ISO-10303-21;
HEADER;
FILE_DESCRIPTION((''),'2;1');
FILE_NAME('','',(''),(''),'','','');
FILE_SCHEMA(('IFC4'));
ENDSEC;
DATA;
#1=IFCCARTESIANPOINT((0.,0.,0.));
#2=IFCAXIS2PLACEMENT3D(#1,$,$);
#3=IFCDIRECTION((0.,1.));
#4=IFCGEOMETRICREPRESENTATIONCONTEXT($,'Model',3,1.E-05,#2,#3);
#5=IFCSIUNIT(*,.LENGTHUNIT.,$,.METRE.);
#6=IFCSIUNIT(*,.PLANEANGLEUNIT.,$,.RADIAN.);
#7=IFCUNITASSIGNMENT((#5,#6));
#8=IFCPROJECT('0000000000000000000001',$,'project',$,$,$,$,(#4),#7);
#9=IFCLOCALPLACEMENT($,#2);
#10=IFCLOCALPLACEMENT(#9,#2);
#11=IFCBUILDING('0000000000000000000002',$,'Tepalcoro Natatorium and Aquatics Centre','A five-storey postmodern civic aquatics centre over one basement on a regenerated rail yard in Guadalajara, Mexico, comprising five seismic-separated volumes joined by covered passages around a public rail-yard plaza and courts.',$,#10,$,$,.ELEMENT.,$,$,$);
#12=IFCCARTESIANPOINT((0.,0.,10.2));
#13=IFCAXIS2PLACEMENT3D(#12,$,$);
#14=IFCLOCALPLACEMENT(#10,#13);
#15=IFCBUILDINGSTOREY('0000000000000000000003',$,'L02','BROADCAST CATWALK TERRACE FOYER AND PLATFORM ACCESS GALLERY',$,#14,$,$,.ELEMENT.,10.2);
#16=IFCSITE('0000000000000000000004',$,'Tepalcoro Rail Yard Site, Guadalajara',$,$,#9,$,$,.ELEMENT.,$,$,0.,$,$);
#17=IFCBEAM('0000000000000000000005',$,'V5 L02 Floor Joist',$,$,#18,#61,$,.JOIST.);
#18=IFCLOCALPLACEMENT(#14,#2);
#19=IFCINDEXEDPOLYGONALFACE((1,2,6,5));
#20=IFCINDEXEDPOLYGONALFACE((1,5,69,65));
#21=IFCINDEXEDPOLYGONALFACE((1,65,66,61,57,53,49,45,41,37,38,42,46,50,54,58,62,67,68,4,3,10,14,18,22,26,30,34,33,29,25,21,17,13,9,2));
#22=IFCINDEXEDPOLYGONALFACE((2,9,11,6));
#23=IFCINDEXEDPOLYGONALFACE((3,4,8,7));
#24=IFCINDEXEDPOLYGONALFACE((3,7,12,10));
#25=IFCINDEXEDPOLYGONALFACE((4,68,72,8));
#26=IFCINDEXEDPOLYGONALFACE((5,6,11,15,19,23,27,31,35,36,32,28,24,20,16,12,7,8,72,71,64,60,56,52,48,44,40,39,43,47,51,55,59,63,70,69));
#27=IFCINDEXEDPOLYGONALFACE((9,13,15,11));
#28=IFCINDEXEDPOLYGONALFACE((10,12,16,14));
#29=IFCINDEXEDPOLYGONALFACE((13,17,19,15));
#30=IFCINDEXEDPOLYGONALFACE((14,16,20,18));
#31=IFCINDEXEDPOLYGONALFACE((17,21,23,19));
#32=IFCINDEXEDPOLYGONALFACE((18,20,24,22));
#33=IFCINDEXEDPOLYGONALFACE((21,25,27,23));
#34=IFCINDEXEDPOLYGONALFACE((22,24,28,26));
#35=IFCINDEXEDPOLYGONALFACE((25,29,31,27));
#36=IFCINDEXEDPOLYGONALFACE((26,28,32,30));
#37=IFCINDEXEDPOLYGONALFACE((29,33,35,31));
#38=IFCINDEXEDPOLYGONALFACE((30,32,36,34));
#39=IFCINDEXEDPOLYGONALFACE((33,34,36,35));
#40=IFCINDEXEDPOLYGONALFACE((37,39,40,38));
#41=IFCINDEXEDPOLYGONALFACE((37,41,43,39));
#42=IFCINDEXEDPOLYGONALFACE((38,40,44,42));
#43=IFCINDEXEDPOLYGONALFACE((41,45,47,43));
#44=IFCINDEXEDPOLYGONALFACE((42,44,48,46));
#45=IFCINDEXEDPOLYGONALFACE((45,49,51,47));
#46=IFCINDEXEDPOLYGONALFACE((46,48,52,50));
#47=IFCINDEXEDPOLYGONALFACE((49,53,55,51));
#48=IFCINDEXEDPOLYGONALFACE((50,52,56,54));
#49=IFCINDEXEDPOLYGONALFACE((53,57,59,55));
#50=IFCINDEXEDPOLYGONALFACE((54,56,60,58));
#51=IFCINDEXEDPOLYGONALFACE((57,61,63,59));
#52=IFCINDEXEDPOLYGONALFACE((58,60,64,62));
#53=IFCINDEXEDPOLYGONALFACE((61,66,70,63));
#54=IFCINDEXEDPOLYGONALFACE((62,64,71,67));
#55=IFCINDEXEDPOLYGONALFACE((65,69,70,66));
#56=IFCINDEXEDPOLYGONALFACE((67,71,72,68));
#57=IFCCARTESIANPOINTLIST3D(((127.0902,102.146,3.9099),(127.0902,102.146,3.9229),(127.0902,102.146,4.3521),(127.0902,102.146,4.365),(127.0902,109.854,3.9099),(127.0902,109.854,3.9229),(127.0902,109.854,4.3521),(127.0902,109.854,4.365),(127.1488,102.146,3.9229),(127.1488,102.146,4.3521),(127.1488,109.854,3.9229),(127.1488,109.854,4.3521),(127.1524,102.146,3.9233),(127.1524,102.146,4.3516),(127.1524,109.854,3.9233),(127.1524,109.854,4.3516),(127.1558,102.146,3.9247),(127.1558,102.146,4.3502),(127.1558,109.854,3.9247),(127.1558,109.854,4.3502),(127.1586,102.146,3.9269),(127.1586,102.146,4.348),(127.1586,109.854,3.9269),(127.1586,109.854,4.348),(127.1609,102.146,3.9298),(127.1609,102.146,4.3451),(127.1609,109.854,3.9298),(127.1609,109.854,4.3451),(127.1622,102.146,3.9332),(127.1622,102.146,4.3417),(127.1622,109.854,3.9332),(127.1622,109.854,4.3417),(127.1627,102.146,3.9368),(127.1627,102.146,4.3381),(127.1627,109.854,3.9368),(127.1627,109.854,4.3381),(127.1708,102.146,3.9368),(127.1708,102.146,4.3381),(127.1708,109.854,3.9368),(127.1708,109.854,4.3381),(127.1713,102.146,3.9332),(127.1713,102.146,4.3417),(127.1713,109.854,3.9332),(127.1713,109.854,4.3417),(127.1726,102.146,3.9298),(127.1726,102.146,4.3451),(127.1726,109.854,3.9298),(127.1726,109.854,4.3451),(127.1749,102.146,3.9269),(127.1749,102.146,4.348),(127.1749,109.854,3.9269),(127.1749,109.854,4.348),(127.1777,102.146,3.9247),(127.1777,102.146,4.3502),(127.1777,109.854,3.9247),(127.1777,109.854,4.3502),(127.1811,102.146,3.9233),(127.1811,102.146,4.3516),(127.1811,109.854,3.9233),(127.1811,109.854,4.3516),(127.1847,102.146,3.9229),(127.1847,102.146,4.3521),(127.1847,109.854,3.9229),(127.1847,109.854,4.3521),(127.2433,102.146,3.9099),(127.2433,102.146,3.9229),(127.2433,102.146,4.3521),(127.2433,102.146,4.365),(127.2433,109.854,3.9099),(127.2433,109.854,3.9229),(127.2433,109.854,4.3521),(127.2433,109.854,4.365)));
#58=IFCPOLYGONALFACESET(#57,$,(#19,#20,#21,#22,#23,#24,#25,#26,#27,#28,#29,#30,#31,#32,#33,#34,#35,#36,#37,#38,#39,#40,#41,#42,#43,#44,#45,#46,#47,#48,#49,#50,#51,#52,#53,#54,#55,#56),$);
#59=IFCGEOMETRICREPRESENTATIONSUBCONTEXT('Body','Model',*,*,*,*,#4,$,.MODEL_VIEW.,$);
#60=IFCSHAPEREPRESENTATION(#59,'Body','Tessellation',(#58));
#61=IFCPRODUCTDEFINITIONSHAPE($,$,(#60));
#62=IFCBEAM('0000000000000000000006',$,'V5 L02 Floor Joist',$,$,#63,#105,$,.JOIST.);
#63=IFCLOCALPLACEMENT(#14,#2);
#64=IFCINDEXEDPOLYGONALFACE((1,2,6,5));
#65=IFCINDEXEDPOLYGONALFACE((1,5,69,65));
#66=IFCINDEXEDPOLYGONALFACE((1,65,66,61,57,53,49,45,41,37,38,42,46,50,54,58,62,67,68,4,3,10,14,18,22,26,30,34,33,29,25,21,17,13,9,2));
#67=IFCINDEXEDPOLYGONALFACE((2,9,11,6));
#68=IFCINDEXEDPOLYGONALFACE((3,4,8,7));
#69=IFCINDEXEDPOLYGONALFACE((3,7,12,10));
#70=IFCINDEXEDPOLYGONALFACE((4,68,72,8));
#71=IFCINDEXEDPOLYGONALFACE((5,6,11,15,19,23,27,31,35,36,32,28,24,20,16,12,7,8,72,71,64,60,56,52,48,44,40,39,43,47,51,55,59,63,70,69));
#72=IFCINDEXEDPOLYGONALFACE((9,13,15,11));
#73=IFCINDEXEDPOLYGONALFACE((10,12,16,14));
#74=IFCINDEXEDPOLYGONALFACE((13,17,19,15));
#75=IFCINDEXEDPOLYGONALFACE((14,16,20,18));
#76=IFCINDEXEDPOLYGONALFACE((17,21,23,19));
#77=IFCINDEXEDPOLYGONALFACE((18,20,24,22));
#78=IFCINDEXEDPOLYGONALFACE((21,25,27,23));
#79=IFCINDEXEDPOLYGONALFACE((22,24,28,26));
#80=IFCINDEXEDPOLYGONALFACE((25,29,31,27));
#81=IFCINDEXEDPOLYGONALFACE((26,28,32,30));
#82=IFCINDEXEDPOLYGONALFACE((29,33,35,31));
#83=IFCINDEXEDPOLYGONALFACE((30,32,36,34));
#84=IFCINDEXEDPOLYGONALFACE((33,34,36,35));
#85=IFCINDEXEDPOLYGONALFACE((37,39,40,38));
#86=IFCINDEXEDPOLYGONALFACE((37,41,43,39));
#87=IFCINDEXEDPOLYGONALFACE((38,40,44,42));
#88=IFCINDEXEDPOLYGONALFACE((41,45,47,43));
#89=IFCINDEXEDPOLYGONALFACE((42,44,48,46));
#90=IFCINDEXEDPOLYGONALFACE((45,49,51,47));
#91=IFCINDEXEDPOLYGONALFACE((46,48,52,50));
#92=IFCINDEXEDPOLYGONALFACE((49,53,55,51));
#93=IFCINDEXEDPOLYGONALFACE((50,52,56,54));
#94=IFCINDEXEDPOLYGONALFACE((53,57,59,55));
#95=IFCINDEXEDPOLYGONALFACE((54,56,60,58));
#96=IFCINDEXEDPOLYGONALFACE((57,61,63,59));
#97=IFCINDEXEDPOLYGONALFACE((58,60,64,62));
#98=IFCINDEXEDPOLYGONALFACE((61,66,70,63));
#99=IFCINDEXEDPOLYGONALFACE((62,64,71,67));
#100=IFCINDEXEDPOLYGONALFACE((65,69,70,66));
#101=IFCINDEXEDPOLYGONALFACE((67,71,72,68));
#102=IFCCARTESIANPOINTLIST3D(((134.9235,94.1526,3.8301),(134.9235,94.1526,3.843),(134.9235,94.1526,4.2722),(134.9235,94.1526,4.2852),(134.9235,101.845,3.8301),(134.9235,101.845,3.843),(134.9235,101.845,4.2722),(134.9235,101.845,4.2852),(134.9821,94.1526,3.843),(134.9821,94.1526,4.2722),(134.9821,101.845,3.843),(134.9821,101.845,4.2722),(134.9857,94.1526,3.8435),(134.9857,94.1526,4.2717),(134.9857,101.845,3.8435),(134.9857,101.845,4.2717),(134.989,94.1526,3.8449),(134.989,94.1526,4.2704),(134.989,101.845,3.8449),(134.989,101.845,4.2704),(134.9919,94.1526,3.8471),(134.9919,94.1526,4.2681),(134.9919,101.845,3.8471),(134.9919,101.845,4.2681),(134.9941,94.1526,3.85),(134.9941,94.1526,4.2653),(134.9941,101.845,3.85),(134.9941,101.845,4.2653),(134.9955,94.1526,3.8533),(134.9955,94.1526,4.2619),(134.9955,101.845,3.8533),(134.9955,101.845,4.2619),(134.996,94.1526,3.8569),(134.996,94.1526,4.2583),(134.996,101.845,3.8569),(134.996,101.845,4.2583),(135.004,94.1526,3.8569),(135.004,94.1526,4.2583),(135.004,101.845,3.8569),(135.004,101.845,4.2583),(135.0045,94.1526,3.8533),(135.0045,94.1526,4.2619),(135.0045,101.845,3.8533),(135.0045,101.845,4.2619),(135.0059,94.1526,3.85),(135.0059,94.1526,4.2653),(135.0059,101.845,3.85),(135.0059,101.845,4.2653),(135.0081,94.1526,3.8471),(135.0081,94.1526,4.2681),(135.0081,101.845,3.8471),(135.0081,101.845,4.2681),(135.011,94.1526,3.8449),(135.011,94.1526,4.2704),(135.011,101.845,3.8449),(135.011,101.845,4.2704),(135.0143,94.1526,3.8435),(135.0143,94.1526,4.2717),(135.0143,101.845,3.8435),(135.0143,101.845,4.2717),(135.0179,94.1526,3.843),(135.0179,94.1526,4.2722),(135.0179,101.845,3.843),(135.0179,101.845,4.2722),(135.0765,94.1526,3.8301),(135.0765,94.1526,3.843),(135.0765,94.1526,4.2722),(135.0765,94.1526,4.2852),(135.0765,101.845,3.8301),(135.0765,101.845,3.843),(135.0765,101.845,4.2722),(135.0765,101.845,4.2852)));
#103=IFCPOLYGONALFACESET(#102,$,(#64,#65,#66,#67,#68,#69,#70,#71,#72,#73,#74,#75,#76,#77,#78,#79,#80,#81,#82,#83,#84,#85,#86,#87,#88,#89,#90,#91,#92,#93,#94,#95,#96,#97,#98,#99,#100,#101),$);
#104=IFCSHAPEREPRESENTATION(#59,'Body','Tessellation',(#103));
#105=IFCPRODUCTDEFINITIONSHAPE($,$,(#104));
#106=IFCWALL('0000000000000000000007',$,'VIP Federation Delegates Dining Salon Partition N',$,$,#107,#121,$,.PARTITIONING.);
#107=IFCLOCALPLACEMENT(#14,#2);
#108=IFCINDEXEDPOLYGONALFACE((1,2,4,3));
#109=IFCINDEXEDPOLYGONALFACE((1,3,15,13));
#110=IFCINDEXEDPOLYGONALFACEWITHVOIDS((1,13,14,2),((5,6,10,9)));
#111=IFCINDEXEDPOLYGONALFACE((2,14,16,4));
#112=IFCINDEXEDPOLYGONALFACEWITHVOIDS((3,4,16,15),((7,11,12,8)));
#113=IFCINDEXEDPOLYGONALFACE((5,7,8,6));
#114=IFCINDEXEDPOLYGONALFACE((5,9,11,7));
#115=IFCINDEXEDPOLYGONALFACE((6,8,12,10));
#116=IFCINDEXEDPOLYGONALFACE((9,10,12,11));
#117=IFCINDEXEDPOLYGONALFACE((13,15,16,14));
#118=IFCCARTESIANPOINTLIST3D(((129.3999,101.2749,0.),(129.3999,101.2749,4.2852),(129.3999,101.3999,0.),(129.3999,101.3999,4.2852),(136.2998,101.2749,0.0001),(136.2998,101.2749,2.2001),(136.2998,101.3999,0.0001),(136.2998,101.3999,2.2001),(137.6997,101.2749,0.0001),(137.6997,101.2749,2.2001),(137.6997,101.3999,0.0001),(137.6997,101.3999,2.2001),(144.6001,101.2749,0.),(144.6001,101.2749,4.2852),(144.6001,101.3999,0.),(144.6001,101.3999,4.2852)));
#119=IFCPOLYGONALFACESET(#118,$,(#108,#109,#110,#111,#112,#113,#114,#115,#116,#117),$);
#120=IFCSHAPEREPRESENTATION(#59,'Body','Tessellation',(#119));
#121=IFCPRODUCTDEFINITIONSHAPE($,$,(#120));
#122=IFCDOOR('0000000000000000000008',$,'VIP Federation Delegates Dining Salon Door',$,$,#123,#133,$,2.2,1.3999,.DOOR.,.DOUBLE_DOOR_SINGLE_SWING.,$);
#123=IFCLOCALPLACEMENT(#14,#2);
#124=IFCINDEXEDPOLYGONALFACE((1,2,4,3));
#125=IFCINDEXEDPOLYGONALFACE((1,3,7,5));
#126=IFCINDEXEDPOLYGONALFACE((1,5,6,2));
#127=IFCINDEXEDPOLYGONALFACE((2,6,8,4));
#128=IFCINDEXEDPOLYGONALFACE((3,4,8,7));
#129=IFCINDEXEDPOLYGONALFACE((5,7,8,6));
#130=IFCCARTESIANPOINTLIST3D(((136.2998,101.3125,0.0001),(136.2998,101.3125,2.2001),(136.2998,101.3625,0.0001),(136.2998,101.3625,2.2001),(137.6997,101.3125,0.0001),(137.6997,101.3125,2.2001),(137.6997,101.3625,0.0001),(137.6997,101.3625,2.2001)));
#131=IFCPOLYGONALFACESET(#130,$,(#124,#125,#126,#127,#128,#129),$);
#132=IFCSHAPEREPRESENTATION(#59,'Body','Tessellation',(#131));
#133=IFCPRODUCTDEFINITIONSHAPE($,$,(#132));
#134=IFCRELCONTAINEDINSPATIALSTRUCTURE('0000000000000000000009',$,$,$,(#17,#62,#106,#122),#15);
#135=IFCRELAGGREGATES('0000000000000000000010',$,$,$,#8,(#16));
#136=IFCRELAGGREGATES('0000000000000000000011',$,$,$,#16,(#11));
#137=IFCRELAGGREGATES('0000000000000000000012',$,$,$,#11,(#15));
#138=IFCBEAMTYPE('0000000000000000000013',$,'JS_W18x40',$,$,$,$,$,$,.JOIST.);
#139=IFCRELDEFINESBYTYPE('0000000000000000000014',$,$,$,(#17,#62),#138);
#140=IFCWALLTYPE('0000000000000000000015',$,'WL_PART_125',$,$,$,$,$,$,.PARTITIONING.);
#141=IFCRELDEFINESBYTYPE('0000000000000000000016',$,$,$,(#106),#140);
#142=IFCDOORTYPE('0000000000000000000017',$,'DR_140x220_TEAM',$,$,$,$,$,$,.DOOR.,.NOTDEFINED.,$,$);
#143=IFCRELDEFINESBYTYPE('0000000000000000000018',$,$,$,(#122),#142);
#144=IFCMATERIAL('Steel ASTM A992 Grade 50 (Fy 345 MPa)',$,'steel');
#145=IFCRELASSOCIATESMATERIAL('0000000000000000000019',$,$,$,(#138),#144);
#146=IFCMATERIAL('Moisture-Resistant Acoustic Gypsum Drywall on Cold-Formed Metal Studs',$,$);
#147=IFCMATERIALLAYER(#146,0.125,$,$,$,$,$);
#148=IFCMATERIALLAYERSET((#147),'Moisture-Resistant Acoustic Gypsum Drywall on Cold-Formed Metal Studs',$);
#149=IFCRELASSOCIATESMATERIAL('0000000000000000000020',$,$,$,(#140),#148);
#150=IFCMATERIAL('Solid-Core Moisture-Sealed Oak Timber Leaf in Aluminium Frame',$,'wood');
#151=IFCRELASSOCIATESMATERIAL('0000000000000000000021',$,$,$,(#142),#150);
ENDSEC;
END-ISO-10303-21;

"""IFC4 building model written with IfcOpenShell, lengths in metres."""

from ifc_helpers import new_model, si_unit, direction, frame, frame_2d, origin, origin_2d, place, context, subcontext, project, spatial, rectangle, i_section, extrude, material, layer, layer_set, material_profile, profile_set, type_object, element, fill, save


model = new_model("IFC4")

# Units and contexts
model_context = context("Model", 3, precision=1e-05, world=origin(), true_north=direction((0.0, 1.0)))
body_context = subcontext(model_context, "Body", "Model", "MODEL_VIEW")
ifc_project = project(units=[si_unit("LENGTHUNIT", "METRE"), si_unit("PLANEANGLEUNIT", "RADIAN")], contexts=[model_context])

# Site, building, storey
site_placement = place(None, origin())
site = spatial("IfcSite", under=ifc_project, at=site_placement, Name="Tepalcoro Rail Yard Site, Guadalajara", CompositionType="ELEMENT", RefElevation=0.0)
building_placement = place(site_placement, origin())
building = spatial("IfcBuilding", under=site, at=building_placement, Name="Tepalcoro Natatorium and Aquatics Centre", Description="A five-storey postmodern civic aquatics centre over one basement on a regenerated rail yard in Guadalajara, Mexico, comprising five seismic-separated volumes joined by covered passages around a public rail-yard plaza and courts.", CompositionType="ELEMENT")
storey_placement = place(building_placement, frame((0.0, 0.0, 10.2)))
storey = spatial("IfcBuildingStorey", under=building, at=storey_placement, Name="L02", Description="BROADCAST CATWALK TERRACE FOYER AND PLATFORM ACCESS GALLERY", CompositionType="ELEMENT", Elevation=10.2)

# Beams
ifc_material_1 = material(Name="Steel ASTM A992 Grade 50 (Fy 345 MPa)", Category="steel")
ifc_material_profile_1 = material_profile(ifc_material_1, i_section(OverallWidth=0.1531, OverallDepth=0.4551, WebThickness=0.0081, FlangeThickness=0.0129, FilletRadius=0.0139, at=origin_2d()), Name="W18X40")
ifc_profile_set_1 = profile_set([ifc_material_profile_1], Name="Steel ASTM A992 Grade 50 (Fy 345 MPa)")
beam_type_1 = type_object("IfcBeamType", Name="JS_W18x40", PredefinedType="JOIST", material=ifc_profile_set_1)
beam_1_placement = place(storey_placement, frame((127.1667, 102.146, 4.1375), z_axis=(0.0, 1.0, 0.0), x_axis=(-1.0, 0.0, 0.0)))
element("IfcBeam", 1, at=beam_1_placement, inside=storey, type_object=beam_type_1, Name="V5 L02 Floor Joist", PredefinedType="JOIST", context=body_context, shape_type="SweptSolid", body=[
    extrude(i_section(OverallWidth=0.1531, OverallDepth=0.4551, WebThickness=0.0081, FlangeThickness=0.0129, FilletRadius=0.0139, at=origin_2d()), origin(), (0.0, 0.0, 1.0), 7.708),
])
beam_2_placement = place(storey_placement, frame((135.0, 94.1526, 4.0576), z_axis=(0.0, 1.0, 0.0), x_axis=(-1.0, 0.0, 0.0)))
element("IfcBeam", 2, at=beam_2_placement, inside=storey, type_object=beam_type_1, Name="V5 L02 Floor Joist", PredefinedType="JOIST", context=body_context, shape_type="SweptSolid", body=[
    extrude(i_section(OverallWidth=0.1531, OverallDepth=0.4551, WebThickness=0.0081, FlangeThickness=0.0129, FilletRadius=0.0139, at=origin_2d()), origin(), (0.0, 0.0, 1.0), 7.6924),
])

# Wall, opening, door
ifc_material_2 = material(Name="Moisture-Resistant Acoustic Gypsum Drywall on Cold-Formed Metal Studs")
ifc_layer = layer(ifc_material_2, 0.125)
ifc_layer_set = layer_set([ifc_layer], Name="Moisture-Resistant Acoustic Gypsum Drywall on Cold-Formed Metal Studs")
wall_type = type_object("IfcWallType", Name="WL_PART_125", PredefinedType="PARTITIONING", material=ifc_layer_set)
wall_placement = place(storey_placement, frame((129.3999, 101.3374, 0.0), z_axis=(0.0, 0.0, 1.0), x_axis=(1.0, 0.0, 0.0)))
wall = element("IfcWall", 3, at=wall_placement, inside=storey, type_object=wall_type, Name="VIP Federation Delegates Dining Salon Partition N", PredefinedType="PARTITIONING", context=body_context, shape_type="SweptSolid", body=[
    extrude(rectangle(XDim=15.2002, YDim=0.125, at=frame_2d((7.6001, 0.0))), origin(), (0.0, 0.0, 1.0), 4.2852),
])
opening_placement = place(wall_placement, frame((6.8999, 0.0, 0.0)))
opening = element("IfcOpeningElement", 4, at=opening_placement, cuts=wall, PredefinedType="OPENING", context=body_context, shape_type="SweptSolid", body=[
    extrude(rectangle(XDim=1.3999, YDim=2.2, at=frame_2d((0.7, 1.1001))), frame((0.0, 0.0745, 0.0), z_axis=(0.0, -1.0, 0.0), x_axis=(1.0, 0.0, 0.0)), (0.0, 0.0, 1.0), 0.1489),
])
ifc_material_3 = material(Name="Solid-Core Moisture-Sealed Oak Timber Leaf in Aluminium Frame", Category="wood")
door_type = type_object("IfcDoorType", Name="DR_140x220_TEAM", OperationType="NOTDEFINED", PredefinedType="DOOR", material=ifc_material_3)
door_placement = place(opening_placement, frame((1.3999, 0.0, 0.0), z_axis=(0.0, 0.0, 1.0), x_axis=(-1.0, 0.0, 0.0)))
door = element("IfcDoor", 5, at=door_placement, inside=storey, type_object=door_type, Name="VIP Federation Delegates Dining Salon Door", OperationType="DOUBLE_DOOR_SINGLE_SWING", OverallHeight=2.2, OverallWidth=1.3999, PredefinedType="DOOR", context=body_context, shape_type="SweptSolid", body=[
    extrude(rectangle(XDim=1.3999, YDim=2.2, at=frame_2d((0.7, 1.1001))), frame((0.0, 0.0249, 0.0), z_axis=(0.0, -1.0, 0.0), x_axis=(1.0, 0.0, 0.0)), (0.0, 0.0, 1.0), 0.05),
])
fill(opening, door)

save(model, "model.ifc")
